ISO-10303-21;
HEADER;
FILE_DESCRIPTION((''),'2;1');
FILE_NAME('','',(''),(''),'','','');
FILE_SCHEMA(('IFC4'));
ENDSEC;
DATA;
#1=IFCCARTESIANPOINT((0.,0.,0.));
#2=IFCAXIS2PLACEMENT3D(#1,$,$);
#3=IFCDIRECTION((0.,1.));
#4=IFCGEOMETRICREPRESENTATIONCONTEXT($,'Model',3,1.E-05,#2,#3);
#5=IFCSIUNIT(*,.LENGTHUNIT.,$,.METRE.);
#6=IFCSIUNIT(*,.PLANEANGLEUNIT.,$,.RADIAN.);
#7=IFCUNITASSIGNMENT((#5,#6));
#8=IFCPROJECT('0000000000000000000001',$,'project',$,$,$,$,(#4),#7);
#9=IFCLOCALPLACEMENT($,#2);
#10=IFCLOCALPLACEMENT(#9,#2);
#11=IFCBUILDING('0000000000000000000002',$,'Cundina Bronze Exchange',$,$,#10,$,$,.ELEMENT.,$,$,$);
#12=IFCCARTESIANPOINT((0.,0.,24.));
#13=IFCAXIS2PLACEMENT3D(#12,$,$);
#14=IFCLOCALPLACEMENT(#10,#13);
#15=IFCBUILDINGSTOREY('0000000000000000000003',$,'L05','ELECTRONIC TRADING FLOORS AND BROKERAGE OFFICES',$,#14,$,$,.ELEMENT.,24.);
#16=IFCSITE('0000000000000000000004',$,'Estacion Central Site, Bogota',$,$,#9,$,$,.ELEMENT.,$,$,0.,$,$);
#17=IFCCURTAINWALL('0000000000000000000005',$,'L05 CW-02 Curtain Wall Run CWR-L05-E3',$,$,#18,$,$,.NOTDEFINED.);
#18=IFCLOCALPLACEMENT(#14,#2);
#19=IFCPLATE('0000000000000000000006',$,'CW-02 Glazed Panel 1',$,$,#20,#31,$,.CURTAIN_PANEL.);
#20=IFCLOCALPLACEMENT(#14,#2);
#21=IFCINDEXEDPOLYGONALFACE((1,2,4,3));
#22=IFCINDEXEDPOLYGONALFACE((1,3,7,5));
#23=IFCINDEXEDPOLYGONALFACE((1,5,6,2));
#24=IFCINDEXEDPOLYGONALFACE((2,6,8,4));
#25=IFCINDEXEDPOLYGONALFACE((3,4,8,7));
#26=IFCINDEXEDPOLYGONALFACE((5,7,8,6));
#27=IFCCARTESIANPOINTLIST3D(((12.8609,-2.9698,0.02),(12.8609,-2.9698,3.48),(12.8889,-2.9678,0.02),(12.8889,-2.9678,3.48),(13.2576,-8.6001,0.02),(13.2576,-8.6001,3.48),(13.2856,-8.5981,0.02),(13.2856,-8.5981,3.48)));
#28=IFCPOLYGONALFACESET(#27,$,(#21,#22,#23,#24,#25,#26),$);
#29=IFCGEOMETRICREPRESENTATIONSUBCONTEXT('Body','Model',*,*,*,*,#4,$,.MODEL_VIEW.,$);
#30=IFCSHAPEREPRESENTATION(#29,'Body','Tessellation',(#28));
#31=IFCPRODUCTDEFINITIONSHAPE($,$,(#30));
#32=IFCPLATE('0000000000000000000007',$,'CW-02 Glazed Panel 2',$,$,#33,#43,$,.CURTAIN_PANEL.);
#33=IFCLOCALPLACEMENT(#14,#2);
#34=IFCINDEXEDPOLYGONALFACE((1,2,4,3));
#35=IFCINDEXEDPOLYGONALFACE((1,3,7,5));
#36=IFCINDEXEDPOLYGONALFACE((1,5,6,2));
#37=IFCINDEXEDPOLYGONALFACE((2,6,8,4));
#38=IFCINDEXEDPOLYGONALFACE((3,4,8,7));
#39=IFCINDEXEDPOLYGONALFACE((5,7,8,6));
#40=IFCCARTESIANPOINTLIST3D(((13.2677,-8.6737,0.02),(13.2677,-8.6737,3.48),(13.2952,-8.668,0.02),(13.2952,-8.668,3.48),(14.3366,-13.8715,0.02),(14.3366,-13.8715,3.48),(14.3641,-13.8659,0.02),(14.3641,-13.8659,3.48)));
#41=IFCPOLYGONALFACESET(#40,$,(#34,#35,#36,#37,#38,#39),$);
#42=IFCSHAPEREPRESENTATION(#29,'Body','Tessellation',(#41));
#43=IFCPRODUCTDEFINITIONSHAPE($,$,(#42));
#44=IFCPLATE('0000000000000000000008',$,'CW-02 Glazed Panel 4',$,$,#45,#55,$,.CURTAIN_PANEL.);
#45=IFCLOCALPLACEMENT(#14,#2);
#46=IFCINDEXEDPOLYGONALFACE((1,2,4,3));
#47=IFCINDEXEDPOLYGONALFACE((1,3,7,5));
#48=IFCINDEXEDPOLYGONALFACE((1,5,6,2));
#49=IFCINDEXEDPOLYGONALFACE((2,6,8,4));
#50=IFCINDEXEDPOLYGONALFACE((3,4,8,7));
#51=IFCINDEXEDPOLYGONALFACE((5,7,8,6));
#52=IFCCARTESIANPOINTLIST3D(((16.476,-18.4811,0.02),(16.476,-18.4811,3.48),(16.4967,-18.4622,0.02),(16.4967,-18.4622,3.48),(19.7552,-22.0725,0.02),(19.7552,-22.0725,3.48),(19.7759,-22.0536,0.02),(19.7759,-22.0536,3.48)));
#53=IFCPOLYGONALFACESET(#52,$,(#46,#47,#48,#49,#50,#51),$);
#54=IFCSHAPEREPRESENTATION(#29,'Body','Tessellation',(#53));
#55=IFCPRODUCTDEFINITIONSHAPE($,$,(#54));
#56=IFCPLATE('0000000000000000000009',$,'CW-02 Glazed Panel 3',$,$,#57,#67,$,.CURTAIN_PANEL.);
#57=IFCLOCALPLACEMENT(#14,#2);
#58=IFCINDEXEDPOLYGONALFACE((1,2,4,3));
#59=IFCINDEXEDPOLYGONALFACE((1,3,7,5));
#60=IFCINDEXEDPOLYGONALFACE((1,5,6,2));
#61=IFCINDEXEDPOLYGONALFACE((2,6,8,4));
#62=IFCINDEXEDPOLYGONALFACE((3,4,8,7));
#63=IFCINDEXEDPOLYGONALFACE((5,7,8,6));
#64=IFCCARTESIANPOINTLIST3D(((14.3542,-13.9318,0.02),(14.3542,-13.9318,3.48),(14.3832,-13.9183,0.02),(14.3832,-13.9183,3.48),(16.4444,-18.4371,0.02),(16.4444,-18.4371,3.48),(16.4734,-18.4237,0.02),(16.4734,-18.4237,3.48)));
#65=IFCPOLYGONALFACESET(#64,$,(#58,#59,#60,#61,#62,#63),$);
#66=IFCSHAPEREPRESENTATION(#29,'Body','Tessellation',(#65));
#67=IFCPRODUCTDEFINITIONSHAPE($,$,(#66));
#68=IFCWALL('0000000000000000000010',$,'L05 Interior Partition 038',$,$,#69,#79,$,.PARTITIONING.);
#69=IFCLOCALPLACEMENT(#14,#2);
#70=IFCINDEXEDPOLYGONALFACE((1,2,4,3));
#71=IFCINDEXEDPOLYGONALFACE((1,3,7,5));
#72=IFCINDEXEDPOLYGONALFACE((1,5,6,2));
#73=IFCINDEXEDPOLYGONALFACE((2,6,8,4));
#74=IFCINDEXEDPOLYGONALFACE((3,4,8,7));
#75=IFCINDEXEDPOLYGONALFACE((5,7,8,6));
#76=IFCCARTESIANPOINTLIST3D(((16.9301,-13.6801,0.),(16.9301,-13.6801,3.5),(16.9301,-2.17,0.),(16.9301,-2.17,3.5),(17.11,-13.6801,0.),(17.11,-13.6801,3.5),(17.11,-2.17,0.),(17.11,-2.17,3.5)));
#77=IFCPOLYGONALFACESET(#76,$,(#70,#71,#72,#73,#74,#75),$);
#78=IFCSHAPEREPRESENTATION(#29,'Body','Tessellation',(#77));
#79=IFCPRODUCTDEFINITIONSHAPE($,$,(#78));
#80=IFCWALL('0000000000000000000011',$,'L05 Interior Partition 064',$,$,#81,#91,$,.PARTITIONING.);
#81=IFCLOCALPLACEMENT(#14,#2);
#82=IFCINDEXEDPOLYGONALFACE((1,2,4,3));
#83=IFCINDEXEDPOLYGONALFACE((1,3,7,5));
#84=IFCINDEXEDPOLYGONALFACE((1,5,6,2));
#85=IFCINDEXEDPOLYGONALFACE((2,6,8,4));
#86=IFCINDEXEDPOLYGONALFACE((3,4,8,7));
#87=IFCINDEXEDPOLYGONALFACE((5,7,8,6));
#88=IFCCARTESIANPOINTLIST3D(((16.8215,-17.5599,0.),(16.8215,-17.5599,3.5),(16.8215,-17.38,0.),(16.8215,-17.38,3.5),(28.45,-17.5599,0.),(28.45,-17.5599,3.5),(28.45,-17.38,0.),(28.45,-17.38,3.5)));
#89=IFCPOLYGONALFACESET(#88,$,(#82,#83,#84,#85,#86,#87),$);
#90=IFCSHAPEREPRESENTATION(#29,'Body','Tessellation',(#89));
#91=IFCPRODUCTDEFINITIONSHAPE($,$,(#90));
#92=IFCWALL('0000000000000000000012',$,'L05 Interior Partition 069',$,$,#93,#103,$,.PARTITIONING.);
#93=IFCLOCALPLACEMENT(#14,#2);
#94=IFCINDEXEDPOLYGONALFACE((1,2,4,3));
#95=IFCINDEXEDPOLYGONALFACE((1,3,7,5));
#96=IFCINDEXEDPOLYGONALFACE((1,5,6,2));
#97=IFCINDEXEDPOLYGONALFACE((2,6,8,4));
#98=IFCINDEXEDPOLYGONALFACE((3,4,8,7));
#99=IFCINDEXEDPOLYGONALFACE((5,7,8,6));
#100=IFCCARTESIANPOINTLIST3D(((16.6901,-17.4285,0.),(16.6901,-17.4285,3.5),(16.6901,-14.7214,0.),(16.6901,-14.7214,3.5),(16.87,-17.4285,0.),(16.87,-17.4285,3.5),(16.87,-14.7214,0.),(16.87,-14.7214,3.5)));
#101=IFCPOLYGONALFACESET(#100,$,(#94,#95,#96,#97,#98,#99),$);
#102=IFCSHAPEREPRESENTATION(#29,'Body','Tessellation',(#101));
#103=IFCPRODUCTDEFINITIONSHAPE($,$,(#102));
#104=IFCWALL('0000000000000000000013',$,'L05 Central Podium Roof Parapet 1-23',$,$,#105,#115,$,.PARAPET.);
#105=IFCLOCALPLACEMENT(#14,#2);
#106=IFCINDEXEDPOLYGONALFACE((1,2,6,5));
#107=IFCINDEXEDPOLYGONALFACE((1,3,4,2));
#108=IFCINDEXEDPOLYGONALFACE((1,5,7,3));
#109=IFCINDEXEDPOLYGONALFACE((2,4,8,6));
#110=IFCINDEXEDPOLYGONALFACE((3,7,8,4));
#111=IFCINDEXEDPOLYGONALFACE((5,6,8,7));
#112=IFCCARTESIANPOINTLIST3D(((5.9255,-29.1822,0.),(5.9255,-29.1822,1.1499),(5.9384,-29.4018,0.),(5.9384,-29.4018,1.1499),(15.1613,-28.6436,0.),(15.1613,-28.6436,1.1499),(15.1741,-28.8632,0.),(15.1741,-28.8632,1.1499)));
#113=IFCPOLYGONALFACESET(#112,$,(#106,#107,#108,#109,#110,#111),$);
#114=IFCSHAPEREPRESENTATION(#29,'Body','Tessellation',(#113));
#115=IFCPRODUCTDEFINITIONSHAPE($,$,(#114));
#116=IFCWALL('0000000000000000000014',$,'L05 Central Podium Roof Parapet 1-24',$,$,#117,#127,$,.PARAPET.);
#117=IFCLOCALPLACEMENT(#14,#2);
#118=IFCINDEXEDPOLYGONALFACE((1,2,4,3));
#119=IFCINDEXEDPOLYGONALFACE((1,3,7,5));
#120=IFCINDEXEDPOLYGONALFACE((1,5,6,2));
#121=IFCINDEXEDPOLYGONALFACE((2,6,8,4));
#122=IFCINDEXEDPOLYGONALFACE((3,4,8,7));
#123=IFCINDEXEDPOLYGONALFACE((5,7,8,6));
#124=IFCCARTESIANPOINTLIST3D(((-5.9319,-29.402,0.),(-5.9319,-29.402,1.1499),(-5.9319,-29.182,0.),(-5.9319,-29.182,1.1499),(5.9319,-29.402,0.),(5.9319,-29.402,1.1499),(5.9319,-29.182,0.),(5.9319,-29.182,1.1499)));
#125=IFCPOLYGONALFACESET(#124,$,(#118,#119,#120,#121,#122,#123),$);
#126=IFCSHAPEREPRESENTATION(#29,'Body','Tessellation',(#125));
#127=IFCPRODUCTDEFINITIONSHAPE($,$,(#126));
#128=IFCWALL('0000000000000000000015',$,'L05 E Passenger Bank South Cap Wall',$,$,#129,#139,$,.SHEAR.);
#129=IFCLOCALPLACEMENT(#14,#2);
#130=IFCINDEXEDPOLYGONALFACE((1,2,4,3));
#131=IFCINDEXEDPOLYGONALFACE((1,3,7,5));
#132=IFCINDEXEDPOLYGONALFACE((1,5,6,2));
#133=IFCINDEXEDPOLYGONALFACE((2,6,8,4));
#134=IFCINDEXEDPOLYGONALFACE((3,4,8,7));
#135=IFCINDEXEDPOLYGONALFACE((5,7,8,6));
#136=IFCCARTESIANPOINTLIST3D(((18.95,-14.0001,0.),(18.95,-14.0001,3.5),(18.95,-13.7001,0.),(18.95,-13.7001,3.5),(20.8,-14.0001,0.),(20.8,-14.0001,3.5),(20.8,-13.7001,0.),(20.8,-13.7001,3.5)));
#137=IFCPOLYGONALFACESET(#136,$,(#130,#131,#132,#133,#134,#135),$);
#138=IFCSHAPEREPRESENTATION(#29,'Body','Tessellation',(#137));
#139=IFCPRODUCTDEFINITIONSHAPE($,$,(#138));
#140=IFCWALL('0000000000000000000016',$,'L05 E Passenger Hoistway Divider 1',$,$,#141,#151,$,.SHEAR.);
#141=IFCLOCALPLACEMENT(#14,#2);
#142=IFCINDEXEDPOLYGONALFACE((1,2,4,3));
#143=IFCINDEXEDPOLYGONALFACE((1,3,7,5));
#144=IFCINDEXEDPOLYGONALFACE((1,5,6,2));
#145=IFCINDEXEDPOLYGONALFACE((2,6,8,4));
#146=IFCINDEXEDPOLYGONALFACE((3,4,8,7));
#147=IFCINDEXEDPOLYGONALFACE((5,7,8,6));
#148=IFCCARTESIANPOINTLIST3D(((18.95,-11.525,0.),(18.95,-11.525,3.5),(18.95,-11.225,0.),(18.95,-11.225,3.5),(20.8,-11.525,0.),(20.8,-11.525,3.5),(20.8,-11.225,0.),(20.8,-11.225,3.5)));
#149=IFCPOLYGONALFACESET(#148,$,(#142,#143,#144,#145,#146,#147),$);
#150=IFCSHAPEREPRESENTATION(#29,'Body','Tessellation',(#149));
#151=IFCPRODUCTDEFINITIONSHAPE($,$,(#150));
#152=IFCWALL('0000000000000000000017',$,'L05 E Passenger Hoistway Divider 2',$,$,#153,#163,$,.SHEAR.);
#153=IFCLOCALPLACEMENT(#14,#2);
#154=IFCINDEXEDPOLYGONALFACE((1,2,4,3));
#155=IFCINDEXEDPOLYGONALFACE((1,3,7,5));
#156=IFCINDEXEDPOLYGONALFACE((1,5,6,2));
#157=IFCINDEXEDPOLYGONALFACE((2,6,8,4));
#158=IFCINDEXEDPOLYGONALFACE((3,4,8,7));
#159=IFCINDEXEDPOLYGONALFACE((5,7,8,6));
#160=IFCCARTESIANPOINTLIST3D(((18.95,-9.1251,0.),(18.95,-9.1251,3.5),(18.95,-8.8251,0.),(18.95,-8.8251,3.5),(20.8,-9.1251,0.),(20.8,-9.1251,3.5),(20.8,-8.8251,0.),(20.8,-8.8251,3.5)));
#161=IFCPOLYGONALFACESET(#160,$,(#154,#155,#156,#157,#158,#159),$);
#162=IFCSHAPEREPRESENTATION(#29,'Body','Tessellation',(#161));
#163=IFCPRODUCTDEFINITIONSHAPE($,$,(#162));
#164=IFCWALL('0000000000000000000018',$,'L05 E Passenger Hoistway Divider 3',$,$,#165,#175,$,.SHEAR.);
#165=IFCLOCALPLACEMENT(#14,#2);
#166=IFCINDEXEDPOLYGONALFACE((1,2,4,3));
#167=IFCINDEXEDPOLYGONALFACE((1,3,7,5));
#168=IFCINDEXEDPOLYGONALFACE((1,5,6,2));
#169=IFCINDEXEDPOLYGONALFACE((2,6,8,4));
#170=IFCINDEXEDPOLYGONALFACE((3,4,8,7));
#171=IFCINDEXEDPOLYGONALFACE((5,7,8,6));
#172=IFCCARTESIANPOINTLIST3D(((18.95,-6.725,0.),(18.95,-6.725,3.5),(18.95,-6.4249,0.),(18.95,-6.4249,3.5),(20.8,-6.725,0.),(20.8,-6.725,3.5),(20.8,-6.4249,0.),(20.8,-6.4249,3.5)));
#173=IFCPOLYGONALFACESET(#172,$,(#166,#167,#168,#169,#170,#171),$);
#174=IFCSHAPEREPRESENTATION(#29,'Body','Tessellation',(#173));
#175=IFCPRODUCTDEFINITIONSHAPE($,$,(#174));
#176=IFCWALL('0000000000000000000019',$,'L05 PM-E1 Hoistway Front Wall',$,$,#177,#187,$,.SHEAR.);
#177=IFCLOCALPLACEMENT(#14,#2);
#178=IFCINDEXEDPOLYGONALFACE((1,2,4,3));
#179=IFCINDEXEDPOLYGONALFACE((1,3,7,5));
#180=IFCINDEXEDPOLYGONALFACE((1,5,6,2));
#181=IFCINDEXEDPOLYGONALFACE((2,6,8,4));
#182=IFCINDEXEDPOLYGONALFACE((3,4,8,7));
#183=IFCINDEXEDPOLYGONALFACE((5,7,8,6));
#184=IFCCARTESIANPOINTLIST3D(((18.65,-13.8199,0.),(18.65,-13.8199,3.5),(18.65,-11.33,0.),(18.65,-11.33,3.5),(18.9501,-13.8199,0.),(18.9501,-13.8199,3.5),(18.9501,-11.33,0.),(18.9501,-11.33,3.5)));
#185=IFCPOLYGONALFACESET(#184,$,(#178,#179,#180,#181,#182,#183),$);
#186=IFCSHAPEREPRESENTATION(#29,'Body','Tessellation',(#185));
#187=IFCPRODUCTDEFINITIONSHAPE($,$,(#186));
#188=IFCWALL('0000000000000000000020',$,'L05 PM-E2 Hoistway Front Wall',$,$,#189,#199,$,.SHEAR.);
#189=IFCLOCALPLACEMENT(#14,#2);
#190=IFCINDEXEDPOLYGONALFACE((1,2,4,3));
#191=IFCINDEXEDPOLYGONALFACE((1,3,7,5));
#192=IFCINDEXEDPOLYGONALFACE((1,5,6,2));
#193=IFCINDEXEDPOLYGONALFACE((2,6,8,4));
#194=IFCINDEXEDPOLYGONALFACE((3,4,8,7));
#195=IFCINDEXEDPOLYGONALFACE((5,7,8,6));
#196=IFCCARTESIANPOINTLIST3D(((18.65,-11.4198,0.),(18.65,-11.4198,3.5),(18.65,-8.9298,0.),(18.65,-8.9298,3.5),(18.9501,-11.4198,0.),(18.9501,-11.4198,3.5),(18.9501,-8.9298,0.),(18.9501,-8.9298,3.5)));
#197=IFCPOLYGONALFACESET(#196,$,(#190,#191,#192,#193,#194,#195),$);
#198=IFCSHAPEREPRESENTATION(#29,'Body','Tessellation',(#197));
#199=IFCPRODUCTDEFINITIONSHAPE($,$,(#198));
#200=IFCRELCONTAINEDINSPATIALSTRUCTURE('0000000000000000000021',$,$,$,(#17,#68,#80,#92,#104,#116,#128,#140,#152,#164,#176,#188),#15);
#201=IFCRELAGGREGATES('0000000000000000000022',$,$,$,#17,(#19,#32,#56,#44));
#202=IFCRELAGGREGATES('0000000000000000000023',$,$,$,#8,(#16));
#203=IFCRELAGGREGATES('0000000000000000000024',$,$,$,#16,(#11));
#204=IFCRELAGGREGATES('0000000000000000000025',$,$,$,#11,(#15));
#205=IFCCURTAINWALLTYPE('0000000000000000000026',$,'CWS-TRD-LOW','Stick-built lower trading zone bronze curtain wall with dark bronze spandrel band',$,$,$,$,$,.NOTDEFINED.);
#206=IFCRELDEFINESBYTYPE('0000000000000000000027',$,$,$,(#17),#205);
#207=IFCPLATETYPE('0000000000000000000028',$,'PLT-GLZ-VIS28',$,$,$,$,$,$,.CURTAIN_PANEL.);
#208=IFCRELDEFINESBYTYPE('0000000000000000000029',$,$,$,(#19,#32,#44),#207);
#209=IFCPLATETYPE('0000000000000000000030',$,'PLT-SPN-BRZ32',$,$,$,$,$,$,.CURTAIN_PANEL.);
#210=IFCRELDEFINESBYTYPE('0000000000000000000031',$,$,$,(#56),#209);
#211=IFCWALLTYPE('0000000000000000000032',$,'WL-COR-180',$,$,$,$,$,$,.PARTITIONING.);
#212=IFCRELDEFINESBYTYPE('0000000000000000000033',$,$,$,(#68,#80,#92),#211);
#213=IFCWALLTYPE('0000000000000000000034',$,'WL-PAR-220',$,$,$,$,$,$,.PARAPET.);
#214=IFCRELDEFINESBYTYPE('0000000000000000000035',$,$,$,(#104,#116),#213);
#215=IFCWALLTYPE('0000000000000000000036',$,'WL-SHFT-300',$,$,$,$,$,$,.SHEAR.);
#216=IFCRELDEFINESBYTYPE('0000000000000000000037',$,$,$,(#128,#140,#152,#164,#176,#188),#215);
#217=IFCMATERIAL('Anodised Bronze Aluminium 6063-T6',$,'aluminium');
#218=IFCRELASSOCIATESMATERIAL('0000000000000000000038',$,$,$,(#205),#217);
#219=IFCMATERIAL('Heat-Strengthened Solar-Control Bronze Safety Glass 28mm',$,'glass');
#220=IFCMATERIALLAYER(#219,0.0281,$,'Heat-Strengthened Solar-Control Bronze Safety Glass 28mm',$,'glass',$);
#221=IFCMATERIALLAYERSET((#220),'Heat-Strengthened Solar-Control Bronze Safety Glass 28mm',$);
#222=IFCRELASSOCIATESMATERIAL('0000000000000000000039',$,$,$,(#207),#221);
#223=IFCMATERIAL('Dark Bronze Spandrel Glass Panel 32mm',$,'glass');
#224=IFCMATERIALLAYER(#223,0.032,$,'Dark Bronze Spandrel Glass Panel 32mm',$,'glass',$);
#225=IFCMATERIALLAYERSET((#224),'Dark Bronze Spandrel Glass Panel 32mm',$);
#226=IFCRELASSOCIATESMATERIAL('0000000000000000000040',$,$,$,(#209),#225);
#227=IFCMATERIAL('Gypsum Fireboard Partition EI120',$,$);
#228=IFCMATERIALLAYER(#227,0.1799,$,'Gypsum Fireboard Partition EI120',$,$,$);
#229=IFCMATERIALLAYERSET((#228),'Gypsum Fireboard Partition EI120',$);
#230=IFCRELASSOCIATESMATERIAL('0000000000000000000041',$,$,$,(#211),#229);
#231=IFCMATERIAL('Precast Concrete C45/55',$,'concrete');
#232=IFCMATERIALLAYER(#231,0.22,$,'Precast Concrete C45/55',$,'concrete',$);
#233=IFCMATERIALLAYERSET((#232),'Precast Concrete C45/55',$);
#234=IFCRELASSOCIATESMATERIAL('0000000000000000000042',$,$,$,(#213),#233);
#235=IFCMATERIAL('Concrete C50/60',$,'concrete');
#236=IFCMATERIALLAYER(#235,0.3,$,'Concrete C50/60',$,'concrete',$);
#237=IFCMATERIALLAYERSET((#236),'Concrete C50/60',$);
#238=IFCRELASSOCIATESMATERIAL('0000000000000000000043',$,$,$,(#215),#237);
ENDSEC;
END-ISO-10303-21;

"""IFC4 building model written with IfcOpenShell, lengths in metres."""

from ifc_helpers import new_model, si_unit, direction, frame, frame_2d, origin, origin_2d, place, context, subcontext, project, spatial, rectangle, extrude, material, layer, layer_set, type_object, element, aggregate, save


model = new_model("IFC4")

# Units and contexts
model_context = context("Model", 3, precision=1e-05, world=origin(), true_north=direction((0.0, 1.0)))
body_context = subcontext(model_context, "Body", "Model", "MODEL_VIEW")
ifc_project = project(units=[si_unit("LENGTHUNIT", "METRE"), si_unit("PLANEANGLEUNIT", "RADIAN")], contexts=[model_context])

# Site, building, storey
site_placement = place(None, origin())
site = spatial("IfcSite", under=ifc_project, at=site_placement, Name="Estacion Central Site, Bogota", CompositionType="ELEMENT", RefElevation=0.0)
building_placement = place(site_placement, origin())
building = spatial("IfcBuilding", under=site, at=building_placement, Name="Cundina Bronze Exchange", CompositionType="ELEMENT")
storey_placement = place(building_placement, frame((0.0, 0.0, 24.0)))
storey = spatial("IfcBuildingStorey", under=building, at=storey_placement, Name="L05", Description="ELECTRONIC TRADING FLOORS AND BROKERAGE OFFICES", CompositionType="ELEMENT", Elevation=24.0)

# Curtain wall, plates
ifc_material_1 = material(Name="Anodised Bronze Aluminium 6063-T6", Category="aluminium")
curtain_wall_type = type_object("IfcCurtainWallType", Name="CWS-TRD-LOW", Description="Stick-built lower trading zone bronze curtain wall with dark bronze spandrel band", PredefinedType="NOTDEFINED", material=ifc_material_1)
curtain_wall_placement = place(storey_placement, origin())
curtain_wall = element("IfcCurtainWall", 1, at=curtain_wall_placement, inside=storey, type_object=curtain_wall_type, Name="L05 CW-02 Curtain Wall Run CWR-L05-E3", PredefinedType="NOTDEFINED")
ifc_material_2 = material(Name="Heat-Strengthened Solar-Control Bronze Safety Glass 28mm", Category="glass")
ifc_layer_1 = layer(ifc_material_2, 0.0281, Name="Heat-Strengthened Solar-Control Bronze Safety Glass 28mm", Category="glass")
ifc_layer_set_1 = layer_set([ifc_layer_1], Name="Heat-Strengthened Solar-Control Bronze Safety Glass 28mm")
plate_type_1 = type_object("IfcPlateType", Name="PLT-GLZ-VIS28", PredefinedType="CURTAIN_PANEL", material=ifc_layer_set_1)
plate_1_placement = place(storey_placement, frame((13.0732, -5.7839, 0.02), z_axis=(0.0, 0.0, 1.0), x_axis=(0.070279, -0.997527, 0.0)))
plate_1 = element("IfcPlate", 2, at=plate_1_placement, type_object=plate_type_1, Name="CW-02 Glazed Panel 1", PredefinedType="CURTAIN_PANEL", context=body_context, shape_type="SweptSolid", body=[
    extrude(rectangle(XDim=5.6443, YDim=0.0281, at=origin_2d()), origin(), (0.0, 0.0, 1.0), 3.46),
])
plate_2_placement = place(storey_placement, frame((13.8159, -11.2698, 0.02), z_axis=(0.0, 0.0, 1.0), x_axis=(0.20142, -0.979505, 0.0)))
plate_2 = element("IfcPlate", 3, at=plate_2_placement, type_object=plate_type_1, Name="CW-02 Glazed Panel 2", PredefinedType="CURTAIN_PANEL", context=body_context, shape_type="SweptSolid", body=[
    extrude(rectangle(XDim=5.3066, YDim=0.0281, at=origin_2d()), origin(), (0.0, 0.0, 1.0), 3.46),
])
plate_3_placement = place(storey_placement, frame((18.126, -20.2673, 0.02), z_axis=(0.0, 0.0, 1.0), x_axis=(0.674277, -0.738479, 0.0)))
plate_3 = element("IfcPlate", 4, at=plate_3_placement, type_object=plate_type_1, Name="CW-02 Glazed Panel 4", PredefinedType="CURTAIN_PANEL", context=body_context, shape_type="SweptSolid", body=[
    extrude(rectangle(XDim=4.8633, YDim=0.0281, at=origin_2d()), origin(), (0.0, 0.0, 1.0), 3.46),
])
ifc_material_3 = material(Name="Dark Bronze Spandrel Glass Panel 32mm", Category="glass")
ifc_layer_2 = layer(ifc_material_3, 0.032, Name="Dark Bronze Spandrel Glass Panel 32mm", Category="glass")
ifc_layer_set_2 = layer_set([ifc_layer_2], Name="Dark Bronze Spandrel Glass Panel 32mm")
plate_type_2 = type_object("IfcPlateType", Name="PLT-SPN-BRZ32", PredefinedType="CURTAIN_PANEL", material=ifc_layer_set_2)
plate_4_placement = place(storey_placement, frame((15.4138, -16.1777, 0.02), z_axis=(0.0, 0.0, 1.0), x_axis=(0.420846, -0.907132, 0.0)))
plate_4 = element("IfcPlate", 5, at=plate_4_placement, type_object=plate_type_2, Name="CW-02 Glazed Panel 3", PredefinedType="CURTAIN_PANEL", context=body_context, shape_type="SweptSolid", body=[
    extrude(rectangle(XDim=4.9666, YDim=0.032, at=origin_2d()), origin(), (0.0, 0.0, 1.0), 3.46),
])
aggregate(curtain_wall, [plate_1, plate_2, plate_4, plate_3])

# Walls
ifc_material_4 = material(Name="Gypsum Fireboard Partition EI120")
ifc_layer_3 = layer(ifc_material_4, 0.1799, Name="Gypsum Fireboard Partition EI120")
ifc_layer_set_3 = layer_set([ifc_layer_3], Name="Gypsum Fireboard Partition EI120")
wall_type_1 = type_object("IfcWallType", Name="WL-COR-180", PredefinedType="PARTITIONING", material=ifc_layer_set_3)
wall_1_placement = place(storey_placement, frame((17.02, -13.6799, 0.0), z_axis=(0.0, 0.0, 1.0), x_axis=(0.0, 1.0, 0.0)))
element("IfcWall", 6, at=wall_1_placement, inside=storey, type_object=wall_type_1, Name="L05 Interior Partition 038", PredefinedType="PARTITIONING", context=body_context, shape_type="SweptSolid", body=[
    extrude(rectangle(XDim=11.51, YDim=0.1799, at=frame_2d((5.7549, 0.0))), origin(), (0.0, 0.0, 1.0), 3.5),
])
wall_2_placement = place(storey_placement, frame((16.8215, -17.47, 0.0), z_axis=(0.0, 0.0, 1.0), x_axis=(1.0, 0.0, 0.0)))
element("IfcWall", 7, at=wall_2_placement, inside=storey, type_object=wall_type_1, Name="L05 Interior Partition 064", PredefinedType="PARTITIONING", context=body_context, shape_type="SweptSolid", body=[
    extrude(rectangle(XDim=11.6284, YDim=0.1799, at=frame_2d((5.8142, 0.0))), origin(), (0.0, 0.0, 1.0), 3.5),
])
wall_3_placement = place(storey_placement, frame((16.78, -14.7214, 0.0), z_axis=(0.0, 0.0, 1.0), x_axis=(0.0, -1.0, 0.0)))
element("IfcWall", 8, at=wall_3_placement, inside=storey, type_object=wall_type_1, Name="L05 Interior Partition 069", PredefinedType="PARTITIONING", context=body_context, shape_type="SweptSolid", body=[
    extrude(rectangle(XDim=2.707, YDim=0.1799, at=frame_2d((1.3535, 0.0))), origin(), (0.0, 0.0, 1.0), 3.5),
])
ifc_material_5 = material(Name="Precast Concrete C45/55", Category="concrete")
ifc_layer_4 = layer(ifc_material_5, 0.22, Name="Precast Concrete C45/55", Category="concrete")
ifc_layer_set_4 = layer_set([ifc_layer_4], Name="Precast Concrete C45/55")
wall_type_2 = type_object("IfcWallType", Name="WL-PAR-220", PredefinedType="PARAPET", material=ifc_layer_set_4)
wall_4_placement = place(storey_placement, frame((15.1677, -28.7534, 0.0), z_axis=(0.0, 0.0, 1.0), x_axis=(-0.998304, -0.058215, 0.0)))
element("IfcWall", 9, at=wall_4_placement, inside=storey, type_object=wall_type_2, Name="L05 Central Podium Roof Parapet 1-23", PredefinedType="PARAPET", context=body_context, shape_type="SweptSolid", body=[
    extrude(rectangle(XDim=9.2515, YDim=0.22, at=frame_2d((4.6257, 0.0))), origin(), (0.0, 0.0, 1.0), 1.1499),
])
wall_5_placement = place(storey_placement, frame((5.9319, -29.292, 0.0), z_axis=(0.0, 0.0, 1.0), x_axis=(-1.0, 0.0, 0.0)))
element("IfcWall", 10, at=wall_5_placement, inside=storey, type_object=wall_type_2, Name="L05 Central Podium Roof Parapet 1-24", PredefinedType="PARAPET", context=body_context, shape_type="SweptSolid", body=[
    extrude(rectangle(XDim=11.8638, YDim=0.22, at=frame_2d((5.9319, 0.0))), origin(), (0.0, 0.0, 1.0), 1.1499),
])
ifc_material_6 = material(Name="Concrete C50/60", Category="concrete")
ifc_layer_5 = layer(ifc_material_6, 0.3, Name="Concrete C50/60", Category="concrete")
ifc_layer_set_5 = layer_set([ifc_layer_5], Name="Concrete C50/60")
wall_type_3 = type_object("IfcWallType", Name="WL-SHFT-300", PredefinedType="SHEAR", material=ifc_layer_set_5)
for number, where, z_axis, x_axis, name in (
    (11, (18.95, -13.8501, 0.0), (0.0, 0.0, 1.0), (1.0, 0.0, 0.0), "L05 E Passenger Bank South Cap Wall"),
    (12, (18.95, -11.375, 0.0), (0.0, 0.0, 1.0), (1.0, 0.0, 0.0), "L05 E Passenger Hoistway Divider 1"),
    (13, (18.95, -8.9751, 0.0), (0.0, 0.0, 1.0), (1.0, 0.0, 0.0), "L05 E Passenger Hoistway Divider 2"),
    (14, (18.95, -6.575, 0.0), (0.0, 0.0, 1.0), (1.0, 0.0, 0.0), "L05 E Passenger Hoistway Divider 3"),
):
    element("IfcWall", number, at=place(storey_placement, frame(where, z_axis=z_axis, x_axis=x_axis)), inside=storey, type_object=wall_type_3, Name=name, PredefinedType="SHEAR", context=body_context, shape_type="SweptSolid", body=[
        extrude(rectangle(XDim=1.8501, YDim=0.3, at=frame_2d((0.925, 0.0))), origin(), (0.0, 0.0, 1.0), 3.5),
    ])
for number, where, z_axis, x_axis, name in (
    (15, (18.8, -13.8201, 0.0), (0.0, 0.0, 1.0), (0.0, 1.0, 0.0), "L05 PM-E1 Hoistway Front Wall"),
    (16, (18.8, -11.4199, 0.0), (0.0, 0.0, 1.0), (0.0, 1.0, 0.0), "L05 PM-E2 Hoistway Front Wall"),
):
    element("IfcWall", number, at=place(storey_placement, frame(where, z_axis=z_axis, x_axis=x_axis)), inside=storey, type_object=wall_type_3, Name=name, PredefinedType="SHEAR", context=body_context, shape_type="SweptSolid", body=[
        extrude(rectangle(XDim=2.49, YDim=0.3, at=frame_2d((1.2451, 0.0))), origin(), (0.0, 0.0, 1.0), 3.5),
    ])

save(model, "model.ifc")
